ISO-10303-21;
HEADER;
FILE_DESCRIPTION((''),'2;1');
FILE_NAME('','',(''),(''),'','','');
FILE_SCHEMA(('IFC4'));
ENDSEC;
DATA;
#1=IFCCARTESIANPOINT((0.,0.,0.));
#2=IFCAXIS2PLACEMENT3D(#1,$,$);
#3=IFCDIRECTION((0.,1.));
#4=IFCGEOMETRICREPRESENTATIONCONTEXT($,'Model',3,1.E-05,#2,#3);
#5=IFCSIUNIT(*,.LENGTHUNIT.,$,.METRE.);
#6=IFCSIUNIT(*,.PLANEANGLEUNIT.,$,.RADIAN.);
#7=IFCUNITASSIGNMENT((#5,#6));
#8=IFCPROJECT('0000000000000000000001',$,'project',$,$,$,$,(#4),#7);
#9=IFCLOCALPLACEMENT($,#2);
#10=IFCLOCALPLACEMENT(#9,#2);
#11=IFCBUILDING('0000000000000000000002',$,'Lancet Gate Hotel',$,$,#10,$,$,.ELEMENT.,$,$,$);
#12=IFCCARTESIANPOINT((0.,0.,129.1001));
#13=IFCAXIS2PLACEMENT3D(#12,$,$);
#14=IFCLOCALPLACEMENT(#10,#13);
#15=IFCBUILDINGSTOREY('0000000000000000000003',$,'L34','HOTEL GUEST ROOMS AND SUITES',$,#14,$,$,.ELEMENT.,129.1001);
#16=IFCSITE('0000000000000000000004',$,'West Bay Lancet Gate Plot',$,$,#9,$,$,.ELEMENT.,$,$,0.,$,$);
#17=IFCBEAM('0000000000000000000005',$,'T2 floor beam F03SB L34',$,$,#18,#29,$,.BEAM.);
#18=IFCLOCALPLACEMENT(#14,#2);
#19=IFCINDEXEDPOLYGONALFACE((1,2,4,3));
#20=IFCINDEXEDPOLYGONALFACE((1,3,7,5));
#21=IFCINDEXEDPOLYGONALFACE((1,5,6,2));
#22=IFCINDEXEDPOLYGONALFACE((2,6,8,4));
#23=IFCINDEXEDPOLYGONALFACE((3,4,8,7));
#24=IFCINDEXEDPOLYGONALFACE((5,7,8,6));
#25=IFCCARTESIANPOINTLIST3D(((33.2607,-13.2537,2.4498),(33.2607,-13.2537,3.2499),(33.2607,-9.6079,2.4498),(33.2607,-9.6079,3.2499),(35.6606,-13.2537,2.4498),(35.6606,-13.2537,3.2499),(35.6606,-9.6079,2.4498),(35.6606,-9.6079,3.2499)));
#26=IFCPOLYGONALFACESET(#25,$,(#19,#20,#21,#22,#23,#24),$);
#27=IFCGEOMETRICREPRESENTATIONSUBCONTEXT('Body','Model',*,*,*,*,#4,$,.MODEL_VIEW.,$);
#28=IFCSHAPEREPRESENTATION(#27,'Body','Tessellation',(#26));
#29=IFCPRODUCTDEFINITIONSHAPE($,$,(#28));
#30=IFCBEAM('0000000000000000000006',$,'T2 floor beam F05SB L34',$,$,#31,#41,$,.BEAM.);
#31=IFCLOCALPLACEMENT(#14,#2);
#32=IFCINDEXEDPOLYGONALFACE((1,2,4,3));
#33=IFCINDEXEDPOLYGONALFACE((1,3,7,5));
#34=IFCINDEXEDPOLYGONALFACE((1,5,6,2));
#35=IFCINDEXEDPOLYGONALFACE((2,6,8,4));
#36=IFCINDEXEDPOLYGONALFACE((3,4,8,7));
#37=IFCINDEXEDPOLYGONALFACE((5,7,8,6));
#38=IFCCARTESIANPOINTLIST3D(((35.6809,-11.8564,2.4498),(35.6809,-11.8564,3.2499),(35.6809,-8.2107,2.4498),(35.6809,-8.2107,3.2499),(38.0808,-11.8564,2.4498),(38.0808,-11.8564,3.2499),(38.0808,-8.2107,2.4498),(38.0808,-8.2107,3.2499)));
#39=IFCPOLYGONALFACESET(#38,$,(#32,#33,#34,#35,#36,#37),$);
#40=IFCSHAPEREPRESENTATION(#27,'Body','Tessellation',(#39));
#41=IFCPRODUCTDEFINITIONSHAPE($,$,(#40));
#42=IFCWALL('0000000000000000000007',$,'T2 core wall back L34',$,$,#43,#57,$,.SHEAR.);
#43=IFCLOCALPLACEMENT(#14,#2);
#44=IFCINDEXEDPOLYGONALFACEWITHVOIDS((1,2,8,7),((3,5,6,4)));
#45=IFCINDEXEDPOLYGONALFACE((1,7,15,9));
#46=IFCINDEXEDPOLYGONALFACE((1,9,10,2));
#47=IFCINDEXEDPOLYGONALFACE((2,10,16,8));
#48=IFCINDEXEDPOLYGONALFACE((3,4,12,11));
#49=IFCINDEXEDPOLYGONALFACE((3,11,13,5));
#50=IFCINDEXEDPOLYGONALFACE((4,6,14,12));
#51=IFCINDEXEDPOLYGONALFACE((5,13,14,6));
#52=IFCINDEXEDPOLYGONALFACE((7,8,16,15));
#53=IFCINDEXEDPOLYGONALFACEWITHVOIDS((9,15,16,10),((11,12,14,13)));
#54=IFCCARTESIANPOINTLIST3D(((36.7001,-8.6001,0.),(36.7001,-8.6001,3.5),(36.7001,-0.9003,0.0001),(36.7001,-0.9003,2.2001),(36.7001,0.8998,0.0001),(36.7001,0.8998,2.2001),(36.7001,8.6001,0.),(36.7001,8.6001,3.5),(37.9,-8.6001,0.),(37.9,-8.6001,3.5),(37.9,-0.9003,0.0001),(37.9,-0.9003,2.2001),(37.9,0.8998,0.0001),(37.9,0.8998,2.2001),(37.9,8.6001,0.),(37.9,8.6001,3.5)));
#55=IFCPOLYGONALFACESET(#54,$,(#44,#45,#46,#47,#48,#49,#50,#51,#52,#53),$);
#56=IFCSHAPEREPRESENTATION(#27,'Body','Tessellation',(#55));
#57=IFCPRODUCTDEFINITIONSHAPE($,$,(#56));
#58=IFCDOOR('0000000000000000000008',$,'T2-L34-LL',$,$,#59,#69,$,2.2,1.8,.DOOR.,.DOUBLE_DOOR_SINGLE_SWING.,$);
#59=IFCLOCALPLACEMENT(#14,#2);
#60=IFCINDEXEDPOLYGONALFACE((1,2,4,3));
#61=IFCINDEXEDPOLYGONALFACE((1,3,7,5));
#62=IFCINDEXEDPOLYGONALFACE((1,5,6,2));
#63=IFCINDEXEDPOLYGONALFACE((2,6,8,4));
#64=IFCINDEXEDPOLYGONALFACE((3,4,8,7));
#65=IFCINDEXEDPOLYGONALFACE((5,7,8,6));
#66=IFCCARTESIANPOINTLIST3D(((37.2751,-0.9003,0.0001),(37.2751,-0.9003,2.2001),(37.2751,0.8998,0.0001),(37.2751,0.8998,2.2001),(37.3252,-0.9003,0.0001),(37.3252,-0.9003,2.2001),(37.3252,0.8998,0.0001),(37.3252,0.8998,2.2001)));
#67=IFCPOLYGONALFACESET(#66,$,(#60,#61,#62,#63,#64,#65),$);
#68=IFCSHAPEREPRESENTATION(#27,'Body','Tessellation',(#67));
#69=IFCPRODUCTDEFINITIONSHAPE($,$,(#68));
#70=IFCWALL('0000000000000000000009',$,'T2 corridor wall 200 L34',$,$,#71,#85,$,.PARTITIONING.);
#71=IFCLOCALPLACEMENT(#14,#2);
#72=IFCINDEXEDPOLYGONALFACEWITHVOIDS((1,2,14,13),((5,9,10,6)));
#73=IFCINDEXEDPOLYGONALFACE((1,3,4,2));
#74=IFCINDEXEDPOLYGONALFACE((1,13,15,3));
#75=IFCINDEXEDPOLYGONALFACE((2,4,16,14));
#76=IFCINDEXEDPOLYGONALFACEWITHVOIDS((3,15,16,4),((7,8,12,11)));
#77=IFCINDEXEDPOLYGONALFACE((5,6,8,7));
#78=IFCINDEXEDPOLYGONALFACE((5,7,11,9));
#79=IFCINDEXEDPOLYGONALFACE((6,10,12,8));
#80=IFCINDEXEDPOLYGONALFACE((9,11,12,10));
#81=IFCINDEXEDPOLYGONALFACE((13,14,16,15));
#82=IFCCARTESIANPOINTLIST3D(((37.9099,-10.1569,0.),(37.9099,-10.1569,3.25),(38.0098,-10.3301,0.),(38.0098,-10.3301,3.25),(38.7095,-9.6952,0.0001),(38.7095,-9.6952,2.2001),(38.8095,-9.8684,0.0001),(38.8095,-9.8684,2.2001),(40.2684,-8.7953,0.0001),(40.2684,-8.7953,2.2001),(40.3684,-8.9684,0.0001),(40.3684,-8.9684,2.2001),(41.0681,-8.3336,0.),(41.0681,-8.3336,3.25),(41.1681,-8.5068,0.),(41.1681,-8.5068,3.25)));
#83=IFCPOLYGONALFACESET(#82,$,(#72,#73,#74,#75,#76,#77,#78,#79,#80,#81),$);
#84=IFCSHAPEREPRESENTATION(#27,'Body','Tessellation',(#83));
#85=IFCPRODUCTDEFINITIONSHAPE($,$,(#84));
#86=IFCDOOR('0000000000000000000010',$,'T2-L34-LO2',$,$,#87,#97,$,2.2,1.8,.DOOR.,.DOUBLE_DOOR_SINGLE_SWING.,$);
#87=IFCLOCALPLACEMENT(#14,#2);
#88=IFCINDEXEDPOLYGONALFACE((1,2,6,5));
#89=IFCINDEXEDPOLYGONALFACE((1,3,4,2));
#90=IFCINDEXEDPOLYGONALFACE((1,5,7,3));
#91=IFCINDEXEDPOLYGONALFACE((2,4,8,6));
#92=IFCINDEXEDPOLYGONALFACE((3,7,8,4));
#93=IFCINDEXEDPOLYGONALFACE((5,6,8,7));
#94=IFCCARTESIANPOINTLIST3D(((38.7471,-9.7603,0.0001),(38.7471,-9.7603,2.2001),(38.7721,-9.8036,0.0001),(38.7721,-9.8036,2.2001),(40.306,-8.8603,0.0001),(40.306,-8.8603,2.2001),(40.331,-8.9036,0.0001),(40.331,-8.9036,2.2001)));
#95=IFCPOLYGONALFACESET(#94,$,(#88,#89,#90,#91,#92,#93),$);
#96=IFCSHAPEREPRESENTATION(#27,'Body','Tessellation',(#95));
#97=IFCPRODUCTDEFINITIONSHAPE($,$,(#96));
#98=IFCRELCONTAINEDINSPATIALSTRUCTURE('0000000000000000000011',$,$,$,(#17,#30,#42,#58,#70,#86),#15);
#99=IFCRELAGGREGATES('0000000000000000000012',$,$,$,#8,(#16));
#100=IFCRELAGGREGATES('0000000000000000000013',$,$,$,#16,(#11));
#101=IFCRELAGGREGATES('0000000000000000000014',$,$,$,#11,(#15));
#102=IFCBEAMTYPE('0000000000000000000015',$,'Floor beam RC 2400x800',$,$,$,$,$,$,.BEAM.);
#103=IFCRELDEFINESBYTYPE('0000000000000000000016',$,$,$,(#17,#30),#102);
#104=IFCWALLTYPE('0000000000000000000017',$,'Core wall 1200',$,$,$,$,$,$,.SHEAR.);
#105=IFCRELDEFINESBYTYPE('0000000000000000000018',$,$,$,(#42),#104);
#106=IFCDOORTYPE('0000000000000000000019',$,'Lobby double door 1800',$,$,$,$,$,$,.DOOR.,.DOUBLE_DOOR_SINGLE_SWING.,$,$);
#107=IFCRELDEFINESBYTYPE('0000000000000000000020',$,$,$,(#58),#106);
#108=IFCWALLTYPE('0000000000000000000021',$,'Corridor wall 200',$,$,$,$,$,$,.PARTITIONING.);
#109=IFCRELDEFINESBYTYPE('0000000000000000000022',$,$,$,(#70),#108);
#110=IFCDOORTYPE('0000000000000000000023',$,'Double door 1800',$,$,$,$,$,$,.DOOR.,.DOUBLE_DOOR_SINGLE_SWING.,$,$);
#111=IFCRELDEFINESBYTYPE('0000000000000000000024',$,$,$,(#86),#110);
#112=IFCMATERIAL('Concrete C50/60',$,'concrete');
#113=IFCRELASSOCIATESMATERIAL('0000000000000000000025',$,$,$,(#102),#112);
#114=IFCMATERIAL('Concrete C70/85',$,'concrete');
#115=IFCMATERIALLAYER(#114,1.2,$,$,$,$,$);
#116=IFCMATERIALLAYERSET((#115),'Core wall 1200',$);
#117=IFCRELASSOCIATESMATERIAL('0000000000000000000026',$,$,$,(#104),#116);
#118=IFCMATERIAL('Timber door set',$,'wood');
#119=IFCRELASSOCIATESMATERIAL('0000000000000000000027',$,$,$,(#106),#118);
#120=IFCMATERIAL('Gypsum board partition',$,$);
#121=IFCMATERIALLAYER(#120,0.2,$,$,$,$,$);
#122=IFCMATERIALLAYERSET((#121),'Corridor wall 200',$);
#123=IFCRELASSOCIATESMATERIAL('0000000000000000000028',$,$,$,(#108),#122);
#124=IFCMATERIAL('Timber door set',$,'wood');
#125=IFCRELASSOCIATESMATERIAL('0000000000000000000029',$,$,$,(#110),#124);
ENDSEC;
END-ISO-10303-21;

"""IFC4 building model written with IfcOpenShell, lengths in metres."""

from ifc_helpers import new_model, si_unit, direction, frame, frame_2d, origin, origin_2d, place, context, subcontext, project, spatial, rectangle, extrude, material, layer, layer_set, material_profile, profile_set, type_object, element, fill, save


model = new_model("IFC4")

# Units and contexts
model_context = context("Model", 3, precision=1e-05, world=origin(), true_north=direction((0.0, 1.0)))
body_context = subcontext(model_context, "Body", "Model", "MODEL_VIEW")
ifc_project = project(units=[si_unit("LENGTHUNIT", "METRE"), si_unit("PLANEANGLEUNIT", "RADIAN")], contexts=[model_context])

# Site, building, storey
site_placement = place(None, origin())
site = spatial("IfcSite", under=ifc_project, at=site_placement, Name="West Bay Lancet Gate Plot", CompositionType="ELEMENT", RefElevation=0.0)
building_placement = place(site_placement, origin())
building = spatial("IfcBuilding", under=site, at=building_placement, Name="Lancet Gate Hotel", CompositionType="ELEMENT")
storey_placement = place(building_placement, frame((0.0, 0.0, 129.1001)))
storey = spatial("IfcBuildingStorey", under=building, at=storey_placement, Name="L34", Description="HOTEL GUEST ROOMS AND SUITES", CompositionType="ELEMENT", Elevation=129.1001)

# Beams
ifc_material_1 = material(Name="Concrete C50/60", Category="concrete")
ifc_material_profile = material_profile(ifc_material_1, rectangle(XDim=2.3999, YDim=0.8, at=origin_2d()), Name="RC 2400x800")
ifc_profile_set = profile_set([ifc_material_profile], Name="Concrete C50/60")
beam_type = type_object("IfcBeamType", Name="Floor beam RC 2400x800", PredefinedType="BEAM", material=ifc_profile_set)
for number, where, z_axis, x_axis, name in (
    (1, (34.4607, -13.2537, 2.8499), (0.0, 1.0, 0.0), (-1.0, 0.0, 0.0), "T2 floor beam F03SB L34"),
    (2, (36.8809, -11.8564, 2.8499), (0.0, 1.0, 0.0), (-1.0, 0.0, 0.0), "T2 floor beam F05SB L34"),
):
    element("IfcBeam", number, at=place(storey_placement, frame(where, z_axis=z_axis, x_axis=x_axis)), inside=storey, type_object=beam_type, Name=name, PredefinedType="BEAM", context=body_context, shape_type="SweptSolid", body=[
        extrude(rectangle(XDim=2.3999, YDim=0.8, at=origin_2d()), origin(), (0.0, 0.0, 1.0), 3.6458),
    ])

# Walls, openings, doors
ifc_material_2 = material(Name="Concrete C70/85", Category="concrete")
ifc_layer_1 = layer(ifc_material_2, 1.2)
ifc_layer_set_1 = layer_set([ifc_layer_1], Name="Core wall 1200")
wall_type_1 = type_object("IfcWallType", Name="Core wall 1200", PredefinedType="SHEAR", material=ifc_layer_set_1)
wall_1_placement = place(storey_placement, frame((37.3, -8.6001, 0.0), z_axis=(0.0, 0.0, 1.0), x_axis=(0.0, 1.0, 0.0)))
wall_1 = element("IfcWall", 3, at=wall_1_placement, inside=storey, type_object=wall_type_1, Name="T2 core wall back L34", PredefinedType="SHEAR", context=body_context, shape_type="SweptSolid", body=[
    extrude(rectangle(XDim=17.2002, YDim=1.2, at=frame_2d((8.6001, 0.0))), origin(), (0.0, 0.0, 1.0), 3.5),
])
opening_1_placement = place(wall_1_placement, frame((7.7, 0.0, 0.0)))
opening_1 = element("IfcOpeningElement", 4, at=opening_1_placement, cuts=wall_1, PredefinedType="OPENING", context=body_context, shape_type="SweptSolid", body=[
    extrude(rectangle(XDim=1.8, YDim=2.2, at=frame_2d((0.8999, 1.1001))), frame((0.0, 0.6099, 0.0), z_axis=(0.0, -1.0, 0.0), x_axis=(1.0, 0.0, 0.0)), (0.0, 0.0, 1.0), 1.22),
])
ifc_material_3 = material(Name="Timber door set", Category="wood")
door_type_1 = type_object("IfcDoorType", Name="Lobby double door 1800", OperationType="DOUBLE_DOOR_SINGLE_SWING", PredefinedType="DOOR", material=ifc_material_3)
door_1_placement = place(opening_1_placement, origin())
door_1 = element("IfcDoor", 5, at=door_1_placement, inside=storey, type_object=door_type_1, Name="T2-L34-LL", OperationType="DOUBLE_DOOR_SINGLE_SWING", OverallHeight=2.2, OverallWidth=1.8, PredefinedType="DOOR", context=body_context, shape_type="SweptSolid", body=[
    extrude(rectangle(XDim=1.8, YDim=2.2, at=frame_2d((0.8999, 1.1001))), frame((0.0, 0.0249, 0.0), z_axis=(0.0, -1.0, 0.0), x_axis=(1.0, 0.0, 0.0)), (0.0, 0.0, 1.0), 0.05),
])
fill(opening_1, door_1)
ifc_material_4 = material(Name="Gypsum board partition")
ifc_layer_2 = layer(ifc_material_4, 0.2)
ifc_layer_set_2 = layer_set([ifc_layer_2], Name="Corridor wall 200")
wall_type_2 = type_object("IfcWallType", Name="Corridor wall 200", PredefinedType="PARTITIONING", material=ifc_layer_set_2)
wall_2_placement = place(storey_placement, frame((37.96, -10.2434, 0.0), z_axis=(0.0, 0.0, 1.0), x_axis=(0.866043, 0.49997, 0.0)))
wall_2 = element("IfcWall", 6, at=wall_2_placement, inside=storey, type_object=wall_type_2, Name="T2 corridor wall 200 L34", PredefinedType="PARTITIONING", context=body_context, shape_type="SweptSolid", body=[
    extrude(rectangle(XDim=3.6467, YDim=0.2, at=frame_2d((1.8232, 0.0))), origin(), (0.0, 0.0, 1.0), 3.25),
])
opening_2_placement = place(wall_2_placement, frame((0.9233, 0.0, 0.0)))
opening_2 = element("IfcOpeningElement", 7, at=opening_2_placement, cuts=wall_2, PredefinedType="OPENING", context=body_context, shape_type="SweptSolid", body=[
    extrude(rectangle(XDim=1.8, YDim=2.2, at=frame_2d((0.8999, 1.1001))), frame((0.0, 0.1099, 0.0), z_axis=(0.0, -1.0, 0.0), x_axis=(1.0, 0.0, 0.0)), (0.0, 0.0, 1.0), 0.22),
])
ifc_material_5 = material(Name="Timber door set", Category="wood")
door_type_2 = type_object("IfcDoorType", Name="Double door 1800", OperationType="DOUBLE_DOOR_SINGLE_SWING", PredefinedType="DOOR", material=ifc_material_5)
door_2_placement = place(opening_2_placement, origin())
door_2 = element("IfcDoor", 8, at=door_2_placement, inside=storey, type_object=door_type_2, Name="T2-L34-LO2", OperationType="DOUBLE_DOOR_SINGLE_SWING", OverallHeight=2.2, OverallWidth=1.8, PredefinedType="DOOR", context=body_context, shape_type="SweptSolid", body=[
    extrude(rectangle(XDim=1.8, YDim=2.2, at=frame_2d((0.8999, 1.1001))), frame((0.0, 0.0249, 0.0), z_axis=(0.0, -1.0, 0.0), x_axis=(1.0, 0.0, 0.0)), (0.0, 0.0, 1.0), 0.05),
])
fill(opening_2, door_2)

save(model, "model.ifc")
